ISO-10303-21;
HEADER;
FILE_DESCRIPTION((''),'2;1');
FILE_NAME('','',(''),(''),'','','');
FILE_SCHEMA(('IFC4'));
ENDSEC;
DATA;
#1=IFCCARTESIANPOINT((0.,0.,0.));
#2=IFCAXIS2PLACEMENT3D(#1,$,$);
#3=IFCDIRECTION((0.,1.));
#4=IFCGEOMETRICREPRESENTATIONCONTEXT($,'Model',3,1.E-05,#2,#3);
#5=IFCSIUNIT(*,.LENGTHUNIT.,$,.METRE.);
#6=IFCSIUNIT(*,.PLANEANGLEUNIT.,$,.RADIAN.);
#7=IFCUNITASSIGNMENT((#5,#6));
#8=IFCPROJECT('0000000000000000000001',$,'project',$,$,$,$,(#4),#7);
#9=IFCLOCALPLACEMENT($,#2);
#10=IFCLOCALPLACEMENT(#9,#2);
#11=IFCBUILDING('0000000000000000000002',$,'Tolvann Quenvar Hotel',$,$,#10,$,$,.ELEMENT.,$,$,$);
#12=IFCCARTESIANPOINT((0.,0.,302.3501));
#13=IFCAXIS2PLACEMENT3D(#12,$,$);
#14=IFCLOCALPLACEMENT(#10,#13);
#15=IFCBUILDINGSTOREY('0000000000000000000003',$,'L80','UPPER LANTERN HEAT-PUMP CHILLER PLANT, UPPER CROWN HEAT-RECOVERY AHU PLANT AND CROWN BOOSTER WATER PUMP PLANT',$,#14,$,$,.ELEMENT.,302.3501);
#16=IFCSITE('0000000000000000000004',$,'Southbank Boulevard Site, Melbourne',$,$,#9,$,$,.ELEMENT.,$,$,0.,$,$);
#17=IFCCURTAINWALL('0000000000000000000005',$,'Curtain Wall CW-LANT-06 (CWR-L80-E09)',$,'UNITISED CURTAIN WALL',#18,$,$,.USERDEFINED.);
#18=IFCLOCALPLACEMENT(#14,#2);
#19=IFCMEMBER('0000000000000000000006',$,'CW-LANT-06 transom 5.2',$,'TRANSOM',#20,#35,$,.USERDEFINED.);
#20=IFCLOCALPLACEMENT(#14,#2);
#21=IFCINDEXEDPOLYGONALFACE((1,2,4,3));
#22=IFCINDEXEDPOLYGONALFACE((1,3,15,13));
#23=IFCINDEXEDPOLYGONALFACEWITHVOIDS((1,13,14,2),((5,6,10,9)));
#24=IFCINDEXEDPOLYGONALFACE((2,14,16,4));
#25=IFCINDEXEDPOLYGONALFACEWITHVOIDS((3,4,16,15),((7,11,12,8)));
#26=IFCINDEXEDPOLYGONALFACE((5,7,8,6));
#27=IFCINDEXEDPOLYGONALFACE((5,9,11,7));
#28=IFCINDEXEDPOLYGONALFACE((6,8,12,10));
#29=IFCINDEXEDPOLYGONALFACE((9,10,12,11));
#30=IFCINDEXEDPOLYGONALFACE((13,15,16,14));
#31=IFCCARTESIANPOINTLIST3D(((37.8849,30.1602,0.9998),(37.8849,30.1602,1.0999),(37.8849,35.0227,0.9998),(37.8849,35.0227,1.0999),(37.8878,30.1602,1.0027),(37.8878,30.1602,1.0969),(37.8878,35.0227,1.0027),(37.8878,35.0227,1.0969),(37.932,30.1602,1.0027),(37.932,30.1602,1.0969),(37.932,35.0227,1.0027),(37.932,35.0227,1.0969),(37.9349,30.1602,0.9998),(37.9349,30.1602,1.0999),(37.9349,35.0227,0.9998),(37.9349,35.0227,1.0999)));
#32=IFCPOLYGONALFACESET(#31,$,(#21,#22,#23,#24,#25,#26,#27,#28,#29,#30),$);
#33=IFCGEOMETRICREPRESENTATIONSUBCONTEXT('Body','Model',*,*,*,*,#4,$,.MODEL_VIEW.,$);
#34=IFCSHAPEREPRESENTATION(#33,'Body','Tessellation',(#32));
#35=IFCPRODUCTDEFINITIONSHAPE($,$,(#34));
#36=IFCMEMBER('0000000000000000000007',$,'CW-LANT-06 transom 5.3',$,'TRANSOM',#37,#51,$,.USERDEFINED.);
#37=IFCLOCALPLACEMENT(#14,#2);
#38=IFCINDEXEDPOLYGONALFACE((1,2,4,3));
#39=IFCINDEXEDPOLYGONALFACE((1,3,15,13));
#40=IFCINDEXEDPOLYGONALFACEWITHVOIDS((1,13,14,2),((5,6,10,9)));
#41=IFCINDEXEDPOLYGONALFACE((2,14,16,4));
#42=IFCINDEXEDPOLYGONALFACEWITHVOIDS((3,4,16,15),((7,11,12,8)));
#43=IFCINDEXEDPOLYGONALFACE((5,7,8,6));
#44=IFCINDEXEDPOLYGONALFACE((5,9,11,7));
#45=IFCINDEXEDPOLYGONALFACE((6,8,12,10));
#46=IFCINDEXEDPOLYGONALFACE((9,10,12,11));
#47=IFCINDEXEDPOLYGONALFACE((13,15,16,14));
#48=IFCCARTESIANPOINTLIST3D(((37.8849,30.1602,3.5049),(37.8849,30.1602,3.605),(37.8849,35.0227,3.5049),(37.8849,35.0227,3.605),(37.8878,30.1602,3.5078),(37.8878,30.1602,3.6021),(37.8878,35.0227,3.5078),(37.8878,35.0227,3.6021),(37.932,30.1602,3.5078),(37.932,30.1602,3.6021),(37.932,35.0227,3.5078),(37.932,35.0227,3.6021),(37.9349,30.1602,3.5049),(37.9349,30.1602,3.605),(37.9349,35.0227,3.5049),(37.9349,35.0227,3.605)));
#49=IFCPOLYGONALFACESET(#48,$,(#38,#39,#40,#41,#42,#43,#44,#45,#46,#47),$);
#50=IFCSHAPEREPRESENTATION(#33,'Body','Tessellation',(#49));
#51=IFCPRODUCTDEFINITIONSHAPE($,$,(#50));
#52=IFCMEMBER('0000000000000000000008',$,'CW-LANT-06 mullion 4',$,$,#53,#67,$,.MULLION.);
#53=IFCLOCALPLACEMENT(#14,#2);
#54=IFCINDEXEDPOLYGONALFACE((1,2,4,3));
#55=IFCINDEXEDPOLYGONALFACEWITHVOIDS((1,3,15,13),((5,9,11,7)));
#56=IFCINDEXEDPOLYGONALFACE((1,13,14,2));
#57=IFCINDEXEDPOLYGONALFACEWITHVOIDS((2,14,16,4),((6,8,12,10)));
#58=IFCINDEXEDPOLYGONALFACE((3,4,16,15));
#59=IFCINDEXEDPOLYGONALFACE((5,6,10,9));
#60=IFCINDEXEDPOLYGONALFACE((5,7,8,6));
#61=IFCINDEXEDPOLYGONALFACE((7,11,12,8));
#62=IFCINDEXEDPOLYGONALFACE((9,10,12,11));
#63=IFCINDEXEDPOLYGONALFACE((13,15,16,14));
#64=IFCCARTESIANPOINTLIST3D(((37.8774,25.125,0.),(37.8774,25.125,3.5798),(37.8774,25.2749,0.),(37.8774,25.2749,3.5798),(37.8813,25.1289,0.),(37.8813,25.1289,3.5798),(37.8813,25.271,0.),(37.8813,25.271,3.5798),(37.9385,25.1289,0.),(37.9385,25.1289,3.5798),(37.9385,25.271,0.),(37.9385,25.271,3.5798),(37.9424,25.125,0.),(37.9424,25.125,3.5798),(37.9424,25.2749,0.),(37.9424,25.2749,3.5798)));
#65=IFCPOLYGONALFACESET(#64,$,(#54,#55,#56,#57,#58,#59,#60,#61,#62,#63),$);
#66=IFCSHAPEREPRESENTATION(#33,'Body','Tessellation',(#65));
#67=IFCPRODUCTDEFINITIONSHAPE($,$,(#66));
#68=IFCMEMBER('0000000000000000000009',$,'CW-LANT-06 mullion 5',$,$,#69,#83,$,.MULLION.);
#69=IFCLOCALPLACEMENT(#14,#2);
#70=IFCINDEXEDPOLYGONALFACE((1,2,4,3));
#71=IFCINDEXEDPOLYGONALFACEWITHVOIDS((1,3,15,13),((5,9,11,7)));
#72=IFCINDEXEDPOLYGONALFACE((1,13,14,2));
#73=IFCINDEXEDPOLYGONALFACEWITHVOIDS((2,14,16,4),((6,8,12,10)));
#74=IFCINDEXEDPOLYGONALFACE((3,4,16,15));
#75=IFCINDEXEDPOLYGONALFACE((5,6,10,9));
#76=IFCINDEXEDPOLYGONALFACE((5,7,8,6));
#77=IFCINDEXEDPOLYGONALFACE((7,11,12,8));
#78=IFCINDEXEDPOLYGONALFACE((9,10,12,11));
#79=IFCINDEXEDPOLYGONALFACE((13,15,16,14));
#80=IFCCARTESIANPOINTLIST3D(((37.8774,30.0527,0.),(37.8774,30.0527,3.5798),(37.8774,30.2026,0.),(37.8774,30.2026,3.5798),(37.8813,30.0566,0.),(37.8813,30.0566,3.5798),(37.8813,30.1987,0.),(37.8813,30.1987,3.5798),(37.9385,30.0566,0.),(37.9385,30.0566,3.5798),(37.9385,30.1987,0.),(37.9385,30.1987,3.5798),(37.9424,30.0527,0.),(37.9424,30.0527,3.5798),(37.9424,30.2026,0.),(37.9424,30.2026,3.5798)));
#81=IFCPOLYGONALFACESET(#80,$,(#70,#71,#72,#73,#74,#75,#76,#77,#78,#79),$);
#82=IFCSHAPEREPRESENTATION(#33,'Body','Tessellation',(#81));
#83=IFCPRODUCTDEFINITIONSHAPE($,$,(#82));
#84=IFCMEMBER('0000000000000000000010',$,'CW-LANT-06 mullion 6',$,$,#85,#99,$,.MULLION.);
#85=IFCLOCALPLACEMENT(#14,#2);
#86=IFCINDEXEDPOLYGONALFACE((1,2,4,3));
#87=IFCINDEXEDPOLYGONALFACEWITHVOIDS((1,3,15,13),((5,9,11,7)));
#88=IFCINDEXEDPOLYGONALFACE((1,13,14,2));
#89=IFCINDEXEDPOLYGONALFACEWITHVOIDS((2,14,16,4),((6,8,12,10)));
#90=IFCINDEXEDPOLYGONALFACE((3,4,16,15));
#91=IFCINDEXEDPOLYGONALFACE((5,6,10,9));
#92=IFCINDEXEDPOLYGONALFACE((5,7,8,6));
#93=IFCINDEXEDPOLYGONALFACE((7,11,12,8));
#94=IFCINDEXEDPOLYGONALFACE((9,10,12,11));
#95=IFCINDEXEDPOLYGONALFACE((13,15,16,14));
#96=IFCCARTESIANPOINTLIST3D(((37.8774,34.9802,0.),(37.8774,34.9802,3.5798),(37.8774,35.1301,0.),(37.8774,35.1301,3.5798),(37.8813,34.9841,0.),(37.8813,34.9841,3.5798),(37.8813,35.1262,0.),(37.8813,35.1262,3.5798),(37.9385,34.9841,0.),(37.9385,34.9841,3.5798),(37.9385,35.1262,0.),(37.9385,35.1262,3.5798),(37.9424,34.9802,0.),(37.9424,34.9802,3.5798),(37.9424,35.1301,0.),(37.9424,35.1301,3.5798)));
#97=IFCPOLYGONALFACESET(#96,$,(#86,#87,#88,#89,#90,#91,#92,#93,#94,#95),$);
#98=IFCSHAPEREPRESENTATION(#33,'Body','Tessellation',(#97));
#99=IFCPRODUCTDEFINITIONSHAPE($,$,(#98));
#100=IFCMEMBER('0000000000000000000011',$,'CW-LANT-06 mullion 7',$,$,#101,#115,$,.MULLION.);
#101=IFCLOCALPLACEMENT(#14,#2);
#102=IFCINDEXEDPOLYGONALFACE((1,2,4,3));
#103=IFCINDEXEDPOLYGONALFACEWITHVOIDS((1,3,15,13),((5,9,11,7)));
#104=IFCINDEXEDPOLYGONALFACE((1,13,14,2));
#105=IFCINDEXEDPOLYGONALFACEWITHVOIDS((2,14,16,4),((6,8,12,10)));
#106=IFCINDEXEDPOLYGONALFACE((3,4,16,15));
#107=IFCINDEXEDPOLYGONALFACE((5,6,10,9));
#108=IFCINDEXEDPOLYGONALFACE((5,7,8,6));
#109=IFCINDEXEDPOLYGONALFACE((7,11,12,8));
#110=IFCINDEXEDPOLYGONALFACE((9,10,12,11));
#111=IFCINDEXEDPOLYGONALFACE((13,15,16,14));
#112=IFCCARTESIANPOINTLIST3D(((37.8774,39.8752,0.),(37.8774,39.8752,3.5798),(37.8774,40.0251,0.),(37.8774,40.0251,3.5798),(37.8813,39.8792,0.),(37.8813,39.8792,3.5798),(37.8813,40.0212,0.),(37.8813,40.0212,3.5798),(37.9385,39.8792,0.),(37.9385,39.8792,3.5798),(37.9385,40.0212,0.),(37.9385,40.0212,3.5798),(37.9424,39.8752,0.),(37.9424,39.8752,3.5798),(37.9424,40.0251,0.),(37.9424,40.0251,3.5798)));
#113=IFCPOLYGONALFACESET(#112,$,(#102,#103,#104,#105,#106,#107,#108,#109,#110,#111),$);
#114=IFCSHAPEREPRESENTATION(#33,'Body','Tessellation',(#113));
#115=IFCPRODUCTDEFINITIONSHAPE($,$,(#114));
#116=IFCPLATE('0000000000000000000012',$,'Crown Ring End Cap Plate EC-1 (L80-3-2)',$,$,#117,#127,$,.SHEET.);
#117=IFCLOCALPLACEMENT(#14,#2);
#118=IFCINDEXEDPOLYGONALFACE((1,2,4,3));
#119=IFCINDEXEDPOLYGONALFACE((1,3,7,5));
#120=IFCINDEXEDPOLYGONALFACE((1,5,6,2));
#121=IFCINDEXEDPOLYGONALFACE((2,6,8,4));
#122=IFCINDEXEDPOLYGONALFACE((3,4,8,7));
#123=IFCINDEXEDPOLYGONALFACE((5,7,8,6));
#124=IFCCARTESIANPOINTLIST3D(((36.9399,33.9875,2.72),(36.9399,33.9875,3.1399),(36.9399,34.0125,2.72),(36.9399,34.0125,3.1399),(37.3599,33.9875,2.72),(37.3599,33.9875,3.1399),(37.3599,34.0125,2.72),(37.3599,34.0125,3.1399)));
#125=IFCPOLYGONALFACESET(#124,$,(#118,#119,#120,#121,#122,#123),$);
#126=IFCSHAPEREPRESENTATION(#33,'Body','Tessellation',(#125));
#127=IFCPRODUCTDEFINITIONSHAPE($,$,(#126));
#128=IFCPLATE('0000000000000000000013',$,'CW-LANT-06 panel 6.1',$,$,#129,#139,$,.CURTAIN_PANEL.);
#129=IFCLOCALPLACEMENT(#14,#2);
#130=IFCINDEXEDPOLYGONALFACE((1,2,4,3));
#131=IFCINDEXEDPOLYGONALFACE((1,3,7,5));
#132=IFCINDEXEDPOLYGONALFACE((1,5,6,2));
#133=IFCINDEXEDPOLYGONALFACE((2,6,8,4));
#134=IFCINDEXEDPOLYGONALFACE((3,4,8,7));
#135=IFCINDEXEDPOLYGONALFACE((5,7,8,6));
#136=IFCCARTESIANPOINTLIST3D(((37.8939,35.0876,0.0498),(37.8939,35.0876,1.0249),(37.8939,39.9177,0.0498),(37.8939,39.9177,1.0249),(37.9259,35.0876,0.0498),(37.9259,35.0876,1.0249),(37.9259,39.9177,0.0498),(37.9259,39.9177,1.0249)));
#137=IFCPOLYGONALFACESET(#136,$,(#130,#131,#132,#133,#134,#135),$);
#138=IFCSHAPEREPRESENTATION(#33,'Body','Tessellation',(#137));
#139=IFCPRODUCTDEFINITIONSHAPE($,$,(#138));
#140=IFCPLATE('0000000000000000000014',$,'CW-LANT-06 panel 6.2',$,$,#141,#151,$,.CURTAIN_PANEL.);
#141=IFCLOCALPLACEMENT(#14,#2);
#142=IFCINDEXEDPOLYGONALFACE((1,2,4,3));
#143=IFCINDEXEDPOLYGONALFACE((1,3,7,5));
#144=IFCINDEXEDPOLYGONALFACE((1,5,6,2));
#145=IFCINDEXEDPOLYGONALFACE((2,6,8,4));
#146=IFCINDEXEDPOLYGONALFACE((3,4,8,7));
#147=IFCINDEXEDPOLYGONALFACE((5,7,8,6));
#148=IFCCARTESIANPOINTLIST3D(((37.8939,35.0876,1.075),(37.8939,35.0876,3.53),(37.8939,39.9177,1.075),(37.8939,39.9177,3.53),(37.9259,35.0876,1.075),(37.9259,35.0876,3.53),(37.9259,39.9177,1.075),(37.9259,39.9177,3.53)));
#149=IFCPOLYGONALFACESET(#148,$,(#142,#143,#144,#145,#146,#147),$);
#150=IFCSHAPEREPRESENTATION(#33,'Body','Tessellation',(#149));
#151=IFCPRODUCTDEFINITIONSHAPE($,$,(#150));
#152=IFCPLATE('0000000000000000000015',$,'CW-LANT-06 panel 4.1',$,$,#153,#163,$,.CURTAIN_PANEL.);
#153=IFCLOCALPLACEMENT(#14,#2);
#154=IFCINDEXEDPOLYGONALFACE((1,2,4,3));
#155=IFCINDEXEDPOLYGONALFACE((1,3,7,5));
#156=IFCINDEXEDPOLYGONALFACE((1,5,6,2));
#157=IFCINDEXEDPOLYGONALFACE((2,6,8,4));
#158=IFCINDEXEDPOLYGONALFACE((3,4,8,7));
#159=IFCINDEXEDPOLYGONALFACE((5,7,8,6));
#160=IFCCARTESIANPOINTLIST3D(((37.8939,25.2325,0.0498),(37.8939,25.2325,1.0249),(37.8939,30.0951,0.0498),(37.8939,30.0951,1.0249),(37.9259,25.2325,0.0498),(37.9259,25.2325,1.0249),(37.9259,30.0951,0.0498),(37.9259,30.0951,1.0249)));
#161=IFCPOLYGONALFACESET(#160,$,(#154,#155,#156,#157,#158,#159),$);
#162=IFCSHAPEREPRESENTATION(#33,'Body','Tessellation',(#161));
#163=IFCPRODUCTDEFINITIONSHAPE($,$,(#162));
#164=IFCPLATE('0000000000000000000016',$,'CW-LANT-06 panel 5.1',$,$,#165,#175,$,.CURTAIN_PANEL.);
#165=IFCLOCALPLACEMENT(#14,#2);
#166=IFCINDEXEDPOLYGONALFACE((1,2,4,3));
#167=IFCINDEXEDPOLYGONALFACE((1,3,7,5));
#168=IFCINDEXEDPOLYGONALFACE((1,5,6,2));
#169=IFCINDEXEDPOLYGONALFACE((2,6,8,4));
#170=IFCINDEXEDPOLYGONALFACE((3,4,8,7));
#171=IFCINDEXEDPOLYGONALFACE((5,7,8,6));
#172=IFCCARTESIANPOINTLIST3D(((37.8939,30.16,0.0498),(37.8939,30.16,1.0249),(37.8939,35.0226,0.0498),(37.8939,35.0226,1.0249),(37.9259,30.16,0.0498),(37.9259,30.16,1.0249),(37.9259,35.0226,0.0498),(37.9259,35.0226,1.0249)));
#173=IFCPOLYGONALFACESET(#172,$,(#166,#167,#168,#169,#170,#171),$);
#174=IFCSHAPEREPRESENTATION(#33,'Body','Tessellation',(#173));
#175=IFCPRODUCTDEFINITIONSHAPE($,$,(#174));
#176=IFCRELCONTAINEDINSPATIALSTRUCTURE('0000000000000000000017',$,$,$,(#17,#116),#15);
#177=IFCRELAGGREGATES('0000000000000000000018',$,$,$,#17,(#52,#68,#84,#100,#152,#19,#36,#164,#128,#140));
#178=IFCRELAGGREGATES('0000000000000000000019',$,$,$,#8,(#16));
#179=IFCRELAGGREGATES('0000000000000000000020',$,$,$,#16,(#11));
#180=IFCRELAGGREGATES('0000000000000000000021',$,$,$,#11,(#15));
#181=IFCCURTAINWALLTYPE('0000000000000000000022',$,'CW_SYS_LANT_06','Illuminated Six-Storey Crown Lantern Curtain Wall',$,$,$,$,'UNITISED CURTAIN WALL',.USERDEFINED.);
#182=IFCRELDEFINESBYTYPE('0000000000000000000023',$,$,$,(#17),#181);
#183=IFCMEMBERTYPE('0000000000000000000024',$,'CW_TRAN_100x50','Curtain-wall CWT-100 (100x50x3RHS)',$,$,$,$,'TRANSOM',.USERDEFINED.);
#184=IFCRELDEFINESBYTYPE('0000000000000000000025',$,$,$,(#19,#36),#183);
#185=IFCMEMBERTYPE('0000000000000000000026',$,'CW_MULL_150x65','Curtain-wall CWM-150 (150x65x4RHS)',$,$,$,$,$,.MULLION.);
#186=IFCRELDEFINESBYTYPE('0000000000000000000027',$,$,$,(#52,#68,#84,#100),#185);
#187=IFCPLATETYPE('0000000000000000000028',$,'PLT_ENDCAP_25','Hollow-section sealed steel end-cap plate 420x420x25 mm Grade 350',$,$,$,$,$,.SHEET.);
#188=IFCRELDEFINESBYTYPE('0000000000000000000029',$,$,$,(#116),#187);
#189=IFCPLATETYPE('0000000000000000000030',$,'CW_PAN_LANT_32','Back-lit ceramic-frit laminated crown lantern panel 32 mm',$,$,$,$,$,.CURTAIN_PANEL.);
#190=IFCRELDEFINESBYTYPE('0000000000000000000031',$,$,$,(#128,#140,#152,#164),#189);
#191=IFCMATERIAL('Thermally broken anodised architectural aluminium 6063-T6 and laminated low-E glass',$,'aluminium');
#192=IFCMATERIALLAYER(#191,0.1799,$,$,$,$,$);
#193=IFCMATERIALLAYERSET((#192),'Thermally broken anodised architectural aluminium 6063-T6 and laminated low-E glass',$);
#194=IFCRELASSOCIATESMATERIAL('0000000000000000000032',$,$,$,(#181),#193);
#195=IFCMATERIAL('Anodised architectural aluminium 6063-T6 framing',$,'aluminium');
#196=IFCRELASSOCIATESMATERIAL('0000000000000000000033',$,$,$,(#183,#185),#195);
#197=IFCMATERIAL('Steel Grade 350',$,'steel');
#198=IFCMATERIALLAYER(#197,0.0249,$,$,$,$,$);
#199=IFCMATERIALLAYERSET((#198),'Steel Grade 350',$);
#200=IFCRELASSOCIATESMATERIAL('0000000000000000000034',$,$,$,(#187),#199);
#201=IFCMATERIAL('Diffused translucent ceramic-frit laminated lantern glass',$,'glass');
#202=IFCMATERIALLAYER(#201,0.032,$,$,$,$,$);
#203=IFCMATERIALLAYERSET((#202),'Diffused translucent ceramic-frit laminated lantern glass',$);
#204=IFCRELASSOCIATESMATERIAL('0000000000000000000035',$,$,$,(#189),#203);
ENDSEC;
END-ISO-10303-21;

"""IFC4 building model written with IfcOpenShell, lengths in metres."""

from ifc_helpers import new_model, si_unit, direction, frame, origin, origin_2d, place, context, subcontext, project, spatial, rectangle, hollow_rectangle, extrude, source, transform, mapped, material, layer, layer_set, material_profile, profile_set, type_object, type_shapes, element, aggregate, save


model = new_model("IFC4")

# Units and contexts
model_context = context("Model", 3, precision=1e-05, world=origin(), true_north=direction((0.0, 1.0)))
body_context = subcontext(model_context, "Body", "Model", "MODEL_VIEW")
ifc_project = project(units=[si_unit("LENGTHUNIT", "METRE"), si_unit("PLANEANGLEUNIT", "RADIAN")], contexts=[model_context])

# Site, building, storey
site_placement = place(None, origin())
site = spatial("IfcSite", under=ifc_project, at=site_placement, Name="Southbank Boulevard Site, Melbourne", CompositionType="ELEMENT", RefElevation=0.0)
building_placement = place(site_placement, origin())
building = spatial("IfcBuilding", under=site, at=building_placement, Name="Tolvann Quenvar Hotel", CompositionType="ELEMENT")
storey_placement = place(building_placement, frame((0.0, 0.0, 302.3501)))
storey = spatial("IfcBuildingStorey", under=building, at=storey_placement, Name="L80", Description="UPPER LANTERN HEAT-PUMP CHILLER PLANT, UPPER CROWN HEAT-RECOVERY AHU PLANT AND CROWN BOOSTER WATER PUMP PLANT", CompositionType="ELEMENT", Elevation=302.3501)

# Shared definitions
ifc_material_1 = material(Name="Steel Grade 350", Category="steel")

# Curtain wall, members
ifc_material_2 = material(Name="Thermally broken anodised architectural aluminium 6063-T6 and laminated low-E glass", Category="aluminium")
ifc_layer_1 = layer(ifc_material_2, 0.1799)
ifc_layer_set_1 = layer_set([ifc_layer_1], Name="Thermally broken anodised architectural aluminium 6063-T6 and laminated low-E glass")
curtain_wall_type = type_object("IfcCurtainWallType", Name="CW_SYS_LANT_06", Description="Illuminated Six-Storey Crown Lantern Curtain Wall", ElementType="UNITISED CURTAIN WALL", PredefinedType="USERDEFINED", material=ifc_layer_set_1)
curtain_wall_placement = place(storey_placement, origin())
curtain_wall = element("IfcCurtainWall", 1, at=curtain_wall_placement, inside=storey, type_object=curtain_wall_type, Name="Curtain Wall CW-LANT-06 (CWR-L80-E09)", ObjectType="UNITISED CURTAIN WALL", PredefinedType="USERDEFINED")
ifc_material_3 = material(Name="Anodised architectural aluminium 6063-T6 framing", Category="aluminium")
ifc_material_profile_1 = material_profile(ifc_material_3, hollow_rectangle(XDim=0.05, YDim=0.1001, WallThickness=0.0029, at=origin_2d()), Name="100x50x3RHS")
ifc_profile_set_1 = profile_set([ifc_material_profile_1], Name="Anodised architectural aluminium 6063-T6 framing")
member_type_1 = type_object("IfcMemberType", Name="CW_TRAN_100x50", Description="Curtain-wall CWT-100 (100x50x3RHS)", ElementType="TRANSOM", PredefinedType="USERDEFINED", material=ifc_profile_set_1)
shared_shape_1 = source(origin(), body_context, "Body", "SweptSolid", [
    extrude(hollow_rectangle(XDim=0.05, YDim=0.1001, WallThickness=0.0029, at=origin_2d()), origin(), (0.0, 0.0, 1.0), 4.8625),
])
member_1_placement = place(storey_placement, frame((37.9099, 30.1602, 1.0498), z_axis=(0.0, 1.0, 0.0), x_axis=(-1.0, 0.0, 0.0)))
member_1 = element("IfcMember", 2, at=member_1_placement, type_object=member_type_1, Name="CW-LANT-06 transom 5.2", ObjectType="TRANSOM", PredefinedType="USERDEFINED", context=body_context, shape_type="MappedRepresentation", body=[
    mapped(shared_shape_1, transform((0.0, 0.0, 0.0), x_axis=(1.0, 0.0, 0.0), y_axis=(0.0, 1.0, 0.0), z_axis=(0.0, 0.0, 1.0), scale=1.0)),
])
member_2_placement = place(storey_placement, frame((37.9099, 30.1602, 3.5549), z_axis=(0.0, 1.0, 0.0), x_axis=(-1.0, 0.0, 0.0)))
member_2 = element("IfcMember", 3, at=member_2_placement, type_object=member_type_1, Name="CW-LANT-06 transom 5.3", ObjectType="TRANSOM", PredefinedType="USERDEFINED", context=body_context, shape_type="MappedRepresentation", body=[
    mapped(shared_shape_1, transform((0.0, 0.0, 0.0), x_axis=(1.0, 0.0, 0.0), y_axis=(0.0, 1.0, 0.0), z_axis=(0.0, 0.0, 1.0), scale=1.0)),
])
ifc_material_profile_2 = material_profile(ifc_material_3, hollow_rectangle(XDim=0.0649, YDim=0.1499, WallThickness=0.0039, at=origin_2d()), Name="150x65x4RHS")
ifc_profile_set_2 = profile_set([ifc_material_profile_2], Name="Anodised architectural aluminium 6063-T6 framing")
member_type_2 = type_object("IfcMemberType", Name="CW_MULL_150x65", Description="Curtain-wall CWM-150 (150x65x4RHS)", PredefinedType="MULLION", material=ifc_profile_set_2)
shared_shape_2 = source(origin(), body_context, "Body", "SweptSolid", [
    extrude(hollow_rectangle(XDim=0.0649, YDim=0.1499, WallThickness=0.0039, at=origin_2d()), origin(), (0.0, 0.0, 1.0), 3.5798),
])
type_shapes(member_type_2, [shared_shape_2])
member_3_placement = place(storey_placement, frame((37.9099, 25.2, 0.0), z_axis=(0.0, 0.0, 1.0), x_axis=(-1.0, 0.0, 0.0)))
member_3 = element("IfcMember", 4, at=member_3_placement, type_object=member_type_2, Name="CW-LANT-06 mullion 4", PredefinedType="MULLION", context=body_context, shape_type="MappedRepresentation", body=[
    mapped(shared_shape_2, transform((0.0, 0.0, 0.0), x_axis=(1.0, 0.0, 0.0), y_axis=(0.0, 1.0, 0.0), z_axis=(0.0, 0.0, 1.0), scale=1.0)),
])
member_4_placement = place(storey_placement, frame((37.9099, 30.1277, 0.0), z_axis=(0.0, 0.0, 1.0), x_axis=(-1.0, 0.0, 0.0)))
member_4 = element("IfcMember", 5, at=member_4_placement, type_object=member_type_2, Name="CW-LANT-06 mullion 5", PredefinedType="MULLION", context=body_context, shape_type="MappedRepresentation", body=[
    mapped(shared_shape_2, transform((0.0, 0.0, 0.0), x_axis=(1.0, 0.0, 0.0), y_axis=(0.0, 1.0, 0.0), z_axis=(0.0, 0.0, 1.0), scale=1.0)),
])
member_5_placement = place(storey_placement, frame((37.9099, 35.0552, 0.0), z_axis=(0.0, 0.0, 1.0), x_axis=(-1.0, 0.0, 0.0)))
member_5 = element("IfcMember", 6, at=member_5_placement, type_object=member_type_2, Name="CW-LANT-06 mullion 6", PredefinedType="MULLION", context=body_context, shape_type="MappedRepresentation", body=[
    mapped(shared_shape_2, transform((0.0, 0.0, 0.0), x_axis=(1.0, 0.0, 0.0), y_axis=(0.0, 1.0, 0.0), z_axis=(0.0, 0.0, 1.0), scale=1.0)),
])
member_6_placement = place(storey_placement, frame((37.9099, 39.9502, 0.0), z_axis=(0.0, 0.0, 1.0), x_axis=(-1.0, 0.0, 0.0)))
member_6 = element("IfcMember", 7, at=member_6_placement, type_object=member_type_2, Name="CW-LANT-06 mullion 7", PredefinedType="MULLION", context=body_context, shape_type="MappedRepresentation", body=[
    mapped(shared_shape_2, transform((0.0, 0.0, 0.0), x_axis=(1.0, 0.0, 0.0), y_axis=(0.0, 1.0, 0.0), z_axis=(0.0, 0.0, 1.0), scale=1.0)),
])

# Plates
ifc_layer_2 = layer(ifc_material_1, 0.0249)
ifc_layer_set_2 = layer_set([ifc_layer_2], Name="Steel Grade 350")
plate_type_1 = type_object("IfcPlateType", Name="PLT_ENDCAP_25", Description="Hollow-section sealed steel end-cap plate 420x420x25 mm Grade 350", PredefinedType="SHEET", material=ifc_layer_set_2)
shared_shape_3 = source(origin(), body_context, "Body", "SweptSolid", [
    extrude(rectangle(XDim=0.4199, YDim=0.0249, at=origin_2d()), origin(), (0.0, 0.0, 1.0), 0.4199),
])
type_shapes(plate_type_1, [shared_shape_3])
plate_1_placement = place(storey_placement, frame((37.1499, 34.0, 2.72), z_axis=(0.0, 0.0, 1.0), x_axis=(1.0, 0.0, 0.0)))
element("IfcPlate", 8, at=plate_1_placement, inside=storey, type_object=plate_type_1, Name="Crown Ring End Cap Plate EC-1 (L80-3-2)", PredefinedType="SHEET", context=body_context, shape_type="MappedRepresentation", body=[
    mapped(shared_shape_3, transform((0.0, 0.0, 0.0), x_axis=(1.0, 0.0, 0.0), y_axis=(0.0, 1.0, 0.0), z_axis=(0.0, 0.0, 1.0), scale=1.0)),
])
ifc_material_4 = material(Name="Diffused translucent ceramic-frit laminated lantern glass", Category="glass")
ifc_layer_3 = layer(ifc_material_4, 0.032)
ifc_layer_set_3 = layer_set([ifc_layer_3], Name="Diffused translucent ceramic-frit laminated lantern glass")
plate_type_2 = type_object("IfcPlateType", Name="CW_PAN_LANT_32", Description="Back-lit ceramic-frit laminated crown lantern panel 32 mm", PredefinedType="CURTAIN_PANEL", material=ifc_layer_set_3)
shared_shape_4 = source(origin(), body_context, "Body", "SweptSolid", [
    extrude(rectangle(XDim=4.8301, YDim=0.032, at=origin_2d()), origin(), (0.0, 0.0, 1.0), 0.9751),
])
plate_2_placement = place(storey_placement, frame((37.9099, 37.5027, 0.0498), z_axis=(0.0, 0.0, 1.0), x_axis=(0.0, 1.0, 0.0)))
plate_2 = element("IfcPlate", 9, at=plate_2_placement, type_object=plate_type_2, Name="CW-LANT-06 panel 6.1", PredefinedType="CURTAIN_PANEL", context=body_context, shape_type="MappedRepresentation", body=[
    mapped(shared_shape_4, transform((0.0, 0.0, 0.0), x_axis=(1.0, 0.0, 0.0), y_axis=(0.0, 1.0, 0.0), z_axis=(0.0, 0.0, 1.0), scale=1.0)),
])
shared_shape_5 = source(origin(), body_context, "Body", "SweptSolid", [
    extrude(rectangle(XDim=4.8301, YDim=0.032, at=origin_2d()), origin(), (0.0, 0.0, 1.0), 2.4551),
])
plate_3_placement = place(storey_placement, frame((37.9099, 37.5027, 1.075), z_axis=(0.0, 0.0, 1.0), x_axis=(0.0, 1.0, 0.0)))
plate_3 = element("IfcPlate", 10, at=plate_3_placement, type_object=plate_type_2, Name="CW-LANT-06 panel 6.2", PredefinedType="CURTAIN_PANEL", context=body_context, shape_type="MappedRepresentation", body=[
    mapped(shared_shape_5, transform((0.0, 0.0, 0.0), x_axis=(1.0, 0.0, 0.0), y_axis=(0.0, 1.0, 0.0), z_axis=(0.0, 0.0, 1.0), scale=1.0)),
])
shared_shape_6 = source(origin(), body_context, "Body", "SweptSolid", [
    extrude(rectangle(XDim=4.8625, YDim=0.032, at=origin_2d()), origin(), (0.0, 0.0, 1.0), 0.9751),
])
plate_4_placement = place(storey_placement, frame((37.9099, 27.6638, 0.0498), z_axis=(0.0, 0.0, 1.0), x_axis=(0.0, 1.0, 0.0)))
plate_4 = element("IfcPlate", 11, at=plate_4_placement, type_object=plate_type_2, Name="CW-LANT-06 panel 4.1", PredefinedType="CURTAIN_PANEL", context=body_context, shape_type="MappedRepresentation", body=[
    mapped(shared_shape_6, transform((0.0, 0.0, 0.0), x_axis=(1.0, 0.0, 0.0), y_axis=(0.0, 1.0, 0.0), z_axis=(0.0, 0.0, 1.0), scale=1.0)),
])
plate_5_placement = place(storey_placement, frame((37.9099, 32.5913, 0.0498), z_axis=(0.0, 0.0, 1.0), x_axis=(0.0, 1.0, 0.0)))
plate_5 = element("IfcPlate", 12, at=plate_5_placement, type_object=plate_type_2, Name="CW-LANT-06 panel 5.1", PredefinedType="CURTAIN_PANEL", context=body_context, shape_type="MappedRepresentation", body=[
    mapped(shared_shape_6, transform((0.0, 0.0, 0.0), x_axis=(1.0, 0.0, 0.0), y_axis=(0.0, 1.0, 0.0), z_axis=(0.0, 0.0, 1.0), scale=1.0)),
])
aggregate(curtain_wall, [member_3, member_4, member_5, member_6, plate_4, member_1, member_2, plate_5, plate_2, plate_3])

save(model, "model.ifc")
